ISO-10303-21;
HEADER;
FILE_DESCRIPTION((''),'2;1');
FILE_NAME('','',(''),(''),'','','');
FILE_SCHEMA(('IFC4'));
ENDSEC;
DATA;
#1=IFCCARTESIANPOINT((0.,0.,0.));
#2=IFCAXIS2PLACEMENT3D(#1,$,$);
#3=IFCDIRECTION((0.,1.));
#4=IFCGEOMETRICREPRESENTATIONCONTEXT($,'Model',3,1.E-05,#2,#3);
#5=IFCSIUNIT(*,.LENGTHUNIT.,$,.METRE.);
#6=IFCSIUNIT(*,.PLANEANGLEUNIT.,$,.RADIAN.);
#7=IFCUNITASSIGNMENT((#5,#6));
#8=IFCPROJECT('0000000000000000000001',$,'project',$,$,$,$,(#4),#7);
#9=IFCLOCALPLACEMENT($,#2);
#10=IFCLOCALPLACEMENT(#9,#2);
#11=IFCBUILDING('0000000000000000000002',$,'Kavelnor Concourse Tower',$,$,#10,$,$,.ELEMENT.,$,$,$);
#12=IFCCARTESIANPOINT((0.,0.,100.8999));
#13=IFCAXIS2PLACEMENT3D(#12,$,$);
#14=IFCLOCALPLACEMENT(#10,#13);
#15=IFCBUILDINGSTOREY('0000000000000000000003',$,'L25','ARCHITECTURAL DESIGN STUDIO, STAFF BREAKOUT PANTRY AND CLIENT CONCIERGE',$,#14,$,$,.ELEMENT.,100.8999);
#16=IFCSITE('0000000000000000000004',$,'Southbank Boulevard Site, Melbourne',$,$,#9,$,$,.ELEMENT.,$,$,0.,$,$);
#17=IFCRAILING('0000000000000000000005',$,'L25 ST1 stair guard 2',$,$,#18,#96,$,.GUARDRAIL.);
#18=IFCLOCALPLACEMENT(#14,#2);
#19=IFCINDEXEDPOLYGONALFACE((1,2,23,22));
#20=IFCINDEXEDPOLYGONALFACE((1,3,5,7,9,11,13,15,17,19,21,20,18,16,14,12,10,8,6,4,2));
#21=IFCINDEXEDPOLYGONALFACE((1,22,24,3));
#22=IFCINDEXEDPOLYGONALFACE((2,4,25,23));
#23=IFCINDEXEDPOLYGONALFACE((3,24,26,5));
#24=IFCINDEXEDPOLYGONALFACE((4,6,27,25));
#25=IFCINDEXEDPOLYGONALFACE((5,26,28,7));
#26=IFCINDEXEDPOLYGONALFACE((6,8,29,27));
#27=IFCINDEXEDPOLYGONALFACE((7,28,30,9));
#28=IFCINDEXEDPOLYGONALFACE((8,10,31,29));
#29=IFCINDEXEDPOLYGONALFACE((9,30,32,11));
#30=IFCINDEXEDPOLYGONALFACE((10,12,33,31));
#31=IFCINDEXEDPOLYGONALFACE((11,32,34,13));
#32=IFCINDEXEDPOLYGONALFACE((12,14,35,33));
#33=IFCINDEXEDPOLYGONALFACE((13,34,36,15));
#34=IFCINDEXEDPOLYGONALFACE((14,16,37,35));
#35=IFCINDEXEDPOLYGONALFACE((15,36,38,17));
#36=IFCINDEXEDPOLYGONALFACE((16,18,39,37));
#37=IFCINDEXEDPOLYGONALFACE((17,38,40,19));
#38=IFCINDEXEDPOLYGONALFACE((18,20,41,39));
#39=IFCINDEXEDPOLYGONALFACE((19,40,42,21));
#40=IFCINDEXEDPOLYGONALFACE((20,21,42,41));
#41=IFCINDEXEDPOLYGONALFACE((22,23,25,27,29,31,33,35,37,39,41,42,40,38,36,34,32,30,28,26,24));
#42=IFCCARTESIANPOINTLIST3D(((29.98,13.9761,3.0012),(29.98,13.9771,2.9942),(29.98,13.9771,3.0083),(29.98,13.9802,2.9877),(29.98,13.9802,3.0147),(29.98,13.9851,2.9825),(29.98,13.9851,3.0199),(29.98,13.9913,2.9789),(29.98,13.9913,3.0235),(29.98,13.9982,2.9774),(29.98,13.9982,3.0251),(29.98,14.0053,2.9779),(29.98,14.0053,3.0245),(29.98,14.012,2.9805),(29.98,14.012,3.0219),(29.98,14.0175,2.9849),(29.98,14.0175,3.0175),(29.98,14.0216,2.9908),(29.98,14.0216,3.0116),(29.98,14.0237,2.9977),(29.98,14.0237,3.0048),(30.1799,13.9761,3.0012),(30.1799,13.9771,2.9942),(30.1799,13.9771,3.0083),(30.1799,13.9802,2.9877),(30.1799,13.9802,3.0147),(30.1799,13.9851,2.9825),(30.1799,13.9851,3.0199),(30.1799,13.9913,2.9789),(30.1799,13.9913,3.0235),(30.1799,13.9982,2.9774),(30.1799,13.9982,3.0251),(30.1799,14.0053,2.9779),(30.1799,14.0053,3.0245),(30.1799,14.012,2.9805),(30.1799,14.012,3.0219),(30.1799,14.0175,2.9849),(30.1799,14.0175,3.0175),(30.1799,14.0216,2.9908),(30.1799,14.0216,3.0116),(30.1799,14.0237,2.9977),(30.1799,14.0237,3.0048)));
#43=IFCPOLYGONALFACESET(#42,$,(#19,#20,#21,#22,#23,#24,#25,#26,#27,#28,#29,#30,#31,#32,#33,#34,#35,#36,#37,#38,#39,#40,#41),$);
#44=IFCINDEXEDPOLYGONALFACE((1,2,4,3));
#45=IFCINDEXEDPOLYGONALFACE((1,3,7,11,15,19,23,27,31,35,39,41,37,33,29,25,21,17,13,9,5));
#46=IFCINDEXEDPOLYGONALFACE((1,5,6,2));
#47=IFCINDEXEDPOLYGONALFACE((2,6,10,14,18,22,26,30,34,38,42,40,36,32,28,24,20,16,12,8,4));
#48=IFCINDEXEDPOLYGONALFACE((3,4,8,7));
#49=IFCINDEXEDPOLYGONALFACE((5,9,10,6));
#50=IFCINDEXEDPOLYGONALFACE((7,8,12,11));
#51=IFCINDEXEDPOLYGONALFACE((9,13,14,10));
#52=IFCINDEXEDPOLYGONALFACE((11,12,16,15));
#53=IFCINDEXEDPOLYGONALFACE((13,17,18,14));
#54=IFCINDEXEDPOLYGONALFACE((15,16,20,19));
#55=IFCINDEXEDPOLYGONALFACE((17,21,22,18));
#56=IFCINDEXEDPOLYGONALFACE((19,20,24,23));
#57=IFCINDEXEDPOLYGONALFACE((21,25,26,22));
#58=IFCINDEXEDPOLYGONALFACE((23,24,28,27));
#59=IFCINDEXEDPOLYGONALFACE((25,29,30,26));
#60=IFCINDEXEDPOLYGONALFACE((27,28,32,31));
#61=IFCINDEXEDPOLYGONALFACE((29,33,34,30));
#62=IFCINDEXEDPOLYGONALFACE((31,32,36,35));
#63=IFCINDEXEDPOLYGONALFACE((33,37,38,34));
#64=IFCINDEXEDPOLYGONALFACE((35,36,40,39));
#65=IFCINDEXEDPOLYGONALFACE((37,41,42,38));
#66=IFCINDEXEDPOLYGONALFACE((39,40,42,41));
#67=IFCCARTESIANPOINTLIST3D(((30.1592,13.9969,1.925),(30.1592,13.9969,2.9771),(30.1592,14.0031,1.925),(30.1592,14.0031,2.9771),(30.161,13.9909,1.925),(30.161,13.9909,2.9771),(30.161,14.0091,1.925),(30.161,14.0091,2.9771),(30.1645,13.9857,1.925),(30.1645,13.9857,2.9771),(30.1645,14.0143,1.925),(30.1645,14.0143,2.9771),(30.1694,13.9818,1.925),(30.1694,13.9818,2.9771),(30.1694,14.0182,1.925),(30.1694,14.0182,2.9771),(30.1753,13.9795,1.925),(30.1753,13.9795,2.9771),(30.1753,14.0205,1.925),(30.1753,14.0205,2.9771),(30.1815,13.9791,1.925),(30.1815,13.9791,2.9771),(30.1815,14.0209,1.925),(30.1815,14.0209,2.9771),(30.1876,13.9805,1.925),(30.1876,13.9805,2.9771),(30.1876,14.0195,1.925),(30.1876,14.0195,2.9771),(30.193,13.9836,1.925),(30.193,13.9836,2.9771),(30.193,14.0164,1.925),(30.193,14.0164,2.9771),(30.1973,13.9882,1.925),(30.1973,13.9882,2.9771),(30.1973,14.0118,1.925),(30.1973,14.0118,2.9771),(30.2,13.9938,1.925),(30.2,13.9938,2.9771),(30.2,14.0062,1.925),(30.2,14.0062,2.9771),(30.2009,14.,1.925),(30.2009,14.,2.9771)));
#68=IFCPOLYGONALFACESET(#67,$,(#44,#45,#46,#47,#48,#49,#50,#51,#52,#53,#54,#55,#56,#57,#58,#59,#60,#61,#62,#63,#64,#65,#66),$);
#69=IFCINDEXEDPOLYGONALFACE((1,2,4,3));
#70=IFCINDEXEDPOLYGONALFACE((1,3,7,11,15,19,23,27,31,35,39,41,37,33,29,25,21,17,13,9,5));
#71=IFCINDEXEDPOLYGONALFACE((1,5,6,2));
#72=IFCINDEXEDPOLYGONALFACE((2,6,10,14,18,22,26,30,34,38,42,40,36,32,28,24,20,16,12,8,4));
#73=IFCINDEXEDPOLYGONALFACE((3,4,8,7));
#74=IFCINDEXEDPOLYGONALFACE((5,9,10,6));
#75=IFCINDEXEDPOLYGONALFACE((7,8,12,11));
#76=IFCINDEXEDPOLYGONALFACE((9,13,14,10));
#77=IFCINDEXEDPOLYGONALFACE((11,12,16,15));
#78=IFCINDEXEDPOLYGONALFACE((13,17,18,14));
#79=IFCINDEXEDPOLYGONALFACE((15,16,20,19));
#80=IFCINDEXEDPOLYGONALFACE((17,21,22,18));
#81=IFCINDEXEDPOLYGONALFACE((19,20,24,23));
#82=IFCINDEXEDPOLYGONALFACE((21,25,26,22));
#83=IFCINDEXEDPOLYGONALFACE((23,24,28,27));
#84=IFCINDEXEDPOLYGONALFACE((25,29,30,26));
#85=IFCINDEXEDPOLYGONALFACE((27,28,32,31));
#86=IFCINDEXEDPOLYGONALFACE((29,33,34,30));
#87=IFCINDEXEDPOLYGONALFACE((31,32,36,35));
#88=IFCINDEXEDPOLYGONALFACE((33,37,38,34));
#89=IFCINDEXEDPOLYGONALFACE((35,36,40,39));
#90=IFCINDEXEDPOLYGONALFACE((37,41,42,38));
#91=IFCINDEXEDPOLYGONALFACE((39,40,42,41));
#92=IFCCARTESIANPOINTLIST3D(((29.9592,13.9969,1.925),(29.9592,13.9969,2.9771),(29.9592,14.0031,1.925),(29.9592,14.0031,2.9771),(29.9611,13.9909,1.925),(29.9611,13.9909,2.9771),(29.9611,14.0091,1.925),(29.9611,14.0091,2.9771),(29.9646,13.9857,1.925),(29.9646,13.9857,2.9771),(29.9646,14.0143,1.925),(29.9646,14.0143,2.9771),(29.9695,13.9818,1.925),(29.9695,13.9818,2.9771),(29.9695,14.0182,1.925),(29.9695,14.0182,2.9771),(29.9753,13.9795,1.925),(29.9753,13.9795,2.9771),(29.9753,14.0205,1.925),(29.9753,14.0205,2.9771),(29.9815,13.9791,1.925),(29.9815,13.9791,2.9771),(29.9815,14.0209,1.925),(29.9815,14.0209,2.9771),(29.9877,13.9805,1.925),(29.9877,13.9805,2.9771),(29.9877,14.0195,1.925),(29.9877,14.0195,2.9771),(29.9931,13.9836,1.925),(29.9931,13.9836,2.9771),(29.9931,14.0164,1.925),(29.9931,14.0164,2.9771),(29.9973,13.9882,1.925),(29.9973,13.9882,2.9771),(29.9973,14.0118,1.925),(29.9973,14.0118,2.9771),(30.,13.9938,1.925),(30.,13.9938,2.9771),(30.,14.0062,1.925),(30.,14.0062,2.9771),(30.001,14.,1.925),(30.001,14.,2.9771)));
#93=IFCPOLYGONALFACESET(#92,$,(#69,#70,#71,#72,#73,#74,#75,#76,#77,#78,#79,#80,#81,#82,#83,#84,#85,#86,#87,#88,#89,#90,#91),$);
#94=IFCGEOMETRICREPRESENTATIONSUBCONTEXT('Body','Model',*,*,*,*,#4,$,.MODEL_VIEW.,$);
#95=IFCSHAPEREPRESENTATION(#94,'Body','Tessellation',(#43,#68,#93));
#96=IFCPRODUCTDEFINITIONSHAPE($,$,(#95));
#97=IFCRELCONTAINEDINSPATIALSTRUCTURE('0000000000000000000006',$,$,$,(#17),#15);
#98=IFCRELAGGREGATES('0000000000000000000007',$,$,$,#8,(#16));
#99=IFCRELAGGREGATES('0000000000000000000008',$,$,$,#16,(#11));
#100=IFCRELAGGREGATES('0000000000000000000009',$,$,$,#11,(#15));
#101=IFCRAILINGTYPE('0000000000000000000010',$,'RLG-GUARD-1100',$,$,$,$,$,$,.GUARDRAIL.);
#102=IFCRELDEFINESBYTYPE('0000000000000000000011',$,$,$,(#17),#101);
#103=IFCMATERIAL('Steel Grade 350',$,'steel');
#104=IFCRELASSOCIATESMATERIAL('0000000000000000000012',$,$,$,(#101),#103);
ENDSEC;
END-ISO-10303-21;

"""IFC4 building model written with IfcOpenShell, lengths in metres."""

from ifc_helpers import new_model, si_unit, direction, frame, origin, origin_2d, place, context, subcontext, project, spatial, circle, extrude, material, type_object, element, save


model = new_model("IFC4")

# Units and contexts
model_context = context("Model", 3, precision=1e-05, world=origin(), true_north=direction((0.0, 1.0)))
body_context = subcontext(model_context, "Body", "Model", "MODEL_VIEW")
ifc_project = project(units=[si_unit("LENGTHUNIT", "METRE"), si_unit("PLANEANGLEUNIT", "RADIAN")], contexts=[model_context])

# Site, building, storey
site_placement = place(None, origin())
site = spatial("IfcSite", under=ifc_project, at=site_placement, Name="Southbank Boulevard Site, Melbourne", CompositionType="ELEMENT", RefElevation=0.0)
building_placement = place(site_placement, origin())
building = spatial("IfcBuilding", under=site, at=building_placement, Name="Kavelnor Concourse Tower", CompositionType="ELEMENT")
storey_placement = place(building_placement, frame((0.0, 0.0, 100.8999)))
storey = spatial("IfcBuildingStorey", under=building, at=storey_placement, Name="L25", Description="ARCHITECTURAL DESIGN STUDIO, STAFF BREAKOUT PANTRY AND CLIENT CONCIERGE", CompositionType="ELEMENT", Elevation=100.8999)

# Shared definitions
ifc_material_1 = material(Name="Steel Grade 350", Category="steel")

# Railing
railing_type_1 = type_object("IfcRailingType", Name="RLG-GUARD-1100", PredefinedType="GUARDRAIL", material=ifc_material_1)
railing_1_placement = place(storey_placement, frame((30.1799, 14.0, 1.925)))
element("IfcRailing", 1, at=railing_1_placement, inside=storey, type_object=railing_type_1, Name="L25 ST1 stair guard 2", PredefinedType="GUARDRAIL", context=body_context, shape_type="SweptSolid", body=[
    extrude(circle(Radius=0.0239, at=origin_2d()), frame((0.0, 0.0, 1.0762), z_axis=(-1.0, 0.0, 0.0), x_axis=(0.0, -1.0, 0.0)), (0.0, 0.0, 1.0), 0.2),
    extrude(circle(Radius=0.021, at=origin_2d()), origin(), (0.0, 0.0, 1.0), 1.052),
    extrude(circle(Radius=0.021, at=origin_2d()), frame((-0.2, 0.0, 0.0)), (0.0, 0.0, 1.0), 1.052),
])

save(model, "model.ifc")
